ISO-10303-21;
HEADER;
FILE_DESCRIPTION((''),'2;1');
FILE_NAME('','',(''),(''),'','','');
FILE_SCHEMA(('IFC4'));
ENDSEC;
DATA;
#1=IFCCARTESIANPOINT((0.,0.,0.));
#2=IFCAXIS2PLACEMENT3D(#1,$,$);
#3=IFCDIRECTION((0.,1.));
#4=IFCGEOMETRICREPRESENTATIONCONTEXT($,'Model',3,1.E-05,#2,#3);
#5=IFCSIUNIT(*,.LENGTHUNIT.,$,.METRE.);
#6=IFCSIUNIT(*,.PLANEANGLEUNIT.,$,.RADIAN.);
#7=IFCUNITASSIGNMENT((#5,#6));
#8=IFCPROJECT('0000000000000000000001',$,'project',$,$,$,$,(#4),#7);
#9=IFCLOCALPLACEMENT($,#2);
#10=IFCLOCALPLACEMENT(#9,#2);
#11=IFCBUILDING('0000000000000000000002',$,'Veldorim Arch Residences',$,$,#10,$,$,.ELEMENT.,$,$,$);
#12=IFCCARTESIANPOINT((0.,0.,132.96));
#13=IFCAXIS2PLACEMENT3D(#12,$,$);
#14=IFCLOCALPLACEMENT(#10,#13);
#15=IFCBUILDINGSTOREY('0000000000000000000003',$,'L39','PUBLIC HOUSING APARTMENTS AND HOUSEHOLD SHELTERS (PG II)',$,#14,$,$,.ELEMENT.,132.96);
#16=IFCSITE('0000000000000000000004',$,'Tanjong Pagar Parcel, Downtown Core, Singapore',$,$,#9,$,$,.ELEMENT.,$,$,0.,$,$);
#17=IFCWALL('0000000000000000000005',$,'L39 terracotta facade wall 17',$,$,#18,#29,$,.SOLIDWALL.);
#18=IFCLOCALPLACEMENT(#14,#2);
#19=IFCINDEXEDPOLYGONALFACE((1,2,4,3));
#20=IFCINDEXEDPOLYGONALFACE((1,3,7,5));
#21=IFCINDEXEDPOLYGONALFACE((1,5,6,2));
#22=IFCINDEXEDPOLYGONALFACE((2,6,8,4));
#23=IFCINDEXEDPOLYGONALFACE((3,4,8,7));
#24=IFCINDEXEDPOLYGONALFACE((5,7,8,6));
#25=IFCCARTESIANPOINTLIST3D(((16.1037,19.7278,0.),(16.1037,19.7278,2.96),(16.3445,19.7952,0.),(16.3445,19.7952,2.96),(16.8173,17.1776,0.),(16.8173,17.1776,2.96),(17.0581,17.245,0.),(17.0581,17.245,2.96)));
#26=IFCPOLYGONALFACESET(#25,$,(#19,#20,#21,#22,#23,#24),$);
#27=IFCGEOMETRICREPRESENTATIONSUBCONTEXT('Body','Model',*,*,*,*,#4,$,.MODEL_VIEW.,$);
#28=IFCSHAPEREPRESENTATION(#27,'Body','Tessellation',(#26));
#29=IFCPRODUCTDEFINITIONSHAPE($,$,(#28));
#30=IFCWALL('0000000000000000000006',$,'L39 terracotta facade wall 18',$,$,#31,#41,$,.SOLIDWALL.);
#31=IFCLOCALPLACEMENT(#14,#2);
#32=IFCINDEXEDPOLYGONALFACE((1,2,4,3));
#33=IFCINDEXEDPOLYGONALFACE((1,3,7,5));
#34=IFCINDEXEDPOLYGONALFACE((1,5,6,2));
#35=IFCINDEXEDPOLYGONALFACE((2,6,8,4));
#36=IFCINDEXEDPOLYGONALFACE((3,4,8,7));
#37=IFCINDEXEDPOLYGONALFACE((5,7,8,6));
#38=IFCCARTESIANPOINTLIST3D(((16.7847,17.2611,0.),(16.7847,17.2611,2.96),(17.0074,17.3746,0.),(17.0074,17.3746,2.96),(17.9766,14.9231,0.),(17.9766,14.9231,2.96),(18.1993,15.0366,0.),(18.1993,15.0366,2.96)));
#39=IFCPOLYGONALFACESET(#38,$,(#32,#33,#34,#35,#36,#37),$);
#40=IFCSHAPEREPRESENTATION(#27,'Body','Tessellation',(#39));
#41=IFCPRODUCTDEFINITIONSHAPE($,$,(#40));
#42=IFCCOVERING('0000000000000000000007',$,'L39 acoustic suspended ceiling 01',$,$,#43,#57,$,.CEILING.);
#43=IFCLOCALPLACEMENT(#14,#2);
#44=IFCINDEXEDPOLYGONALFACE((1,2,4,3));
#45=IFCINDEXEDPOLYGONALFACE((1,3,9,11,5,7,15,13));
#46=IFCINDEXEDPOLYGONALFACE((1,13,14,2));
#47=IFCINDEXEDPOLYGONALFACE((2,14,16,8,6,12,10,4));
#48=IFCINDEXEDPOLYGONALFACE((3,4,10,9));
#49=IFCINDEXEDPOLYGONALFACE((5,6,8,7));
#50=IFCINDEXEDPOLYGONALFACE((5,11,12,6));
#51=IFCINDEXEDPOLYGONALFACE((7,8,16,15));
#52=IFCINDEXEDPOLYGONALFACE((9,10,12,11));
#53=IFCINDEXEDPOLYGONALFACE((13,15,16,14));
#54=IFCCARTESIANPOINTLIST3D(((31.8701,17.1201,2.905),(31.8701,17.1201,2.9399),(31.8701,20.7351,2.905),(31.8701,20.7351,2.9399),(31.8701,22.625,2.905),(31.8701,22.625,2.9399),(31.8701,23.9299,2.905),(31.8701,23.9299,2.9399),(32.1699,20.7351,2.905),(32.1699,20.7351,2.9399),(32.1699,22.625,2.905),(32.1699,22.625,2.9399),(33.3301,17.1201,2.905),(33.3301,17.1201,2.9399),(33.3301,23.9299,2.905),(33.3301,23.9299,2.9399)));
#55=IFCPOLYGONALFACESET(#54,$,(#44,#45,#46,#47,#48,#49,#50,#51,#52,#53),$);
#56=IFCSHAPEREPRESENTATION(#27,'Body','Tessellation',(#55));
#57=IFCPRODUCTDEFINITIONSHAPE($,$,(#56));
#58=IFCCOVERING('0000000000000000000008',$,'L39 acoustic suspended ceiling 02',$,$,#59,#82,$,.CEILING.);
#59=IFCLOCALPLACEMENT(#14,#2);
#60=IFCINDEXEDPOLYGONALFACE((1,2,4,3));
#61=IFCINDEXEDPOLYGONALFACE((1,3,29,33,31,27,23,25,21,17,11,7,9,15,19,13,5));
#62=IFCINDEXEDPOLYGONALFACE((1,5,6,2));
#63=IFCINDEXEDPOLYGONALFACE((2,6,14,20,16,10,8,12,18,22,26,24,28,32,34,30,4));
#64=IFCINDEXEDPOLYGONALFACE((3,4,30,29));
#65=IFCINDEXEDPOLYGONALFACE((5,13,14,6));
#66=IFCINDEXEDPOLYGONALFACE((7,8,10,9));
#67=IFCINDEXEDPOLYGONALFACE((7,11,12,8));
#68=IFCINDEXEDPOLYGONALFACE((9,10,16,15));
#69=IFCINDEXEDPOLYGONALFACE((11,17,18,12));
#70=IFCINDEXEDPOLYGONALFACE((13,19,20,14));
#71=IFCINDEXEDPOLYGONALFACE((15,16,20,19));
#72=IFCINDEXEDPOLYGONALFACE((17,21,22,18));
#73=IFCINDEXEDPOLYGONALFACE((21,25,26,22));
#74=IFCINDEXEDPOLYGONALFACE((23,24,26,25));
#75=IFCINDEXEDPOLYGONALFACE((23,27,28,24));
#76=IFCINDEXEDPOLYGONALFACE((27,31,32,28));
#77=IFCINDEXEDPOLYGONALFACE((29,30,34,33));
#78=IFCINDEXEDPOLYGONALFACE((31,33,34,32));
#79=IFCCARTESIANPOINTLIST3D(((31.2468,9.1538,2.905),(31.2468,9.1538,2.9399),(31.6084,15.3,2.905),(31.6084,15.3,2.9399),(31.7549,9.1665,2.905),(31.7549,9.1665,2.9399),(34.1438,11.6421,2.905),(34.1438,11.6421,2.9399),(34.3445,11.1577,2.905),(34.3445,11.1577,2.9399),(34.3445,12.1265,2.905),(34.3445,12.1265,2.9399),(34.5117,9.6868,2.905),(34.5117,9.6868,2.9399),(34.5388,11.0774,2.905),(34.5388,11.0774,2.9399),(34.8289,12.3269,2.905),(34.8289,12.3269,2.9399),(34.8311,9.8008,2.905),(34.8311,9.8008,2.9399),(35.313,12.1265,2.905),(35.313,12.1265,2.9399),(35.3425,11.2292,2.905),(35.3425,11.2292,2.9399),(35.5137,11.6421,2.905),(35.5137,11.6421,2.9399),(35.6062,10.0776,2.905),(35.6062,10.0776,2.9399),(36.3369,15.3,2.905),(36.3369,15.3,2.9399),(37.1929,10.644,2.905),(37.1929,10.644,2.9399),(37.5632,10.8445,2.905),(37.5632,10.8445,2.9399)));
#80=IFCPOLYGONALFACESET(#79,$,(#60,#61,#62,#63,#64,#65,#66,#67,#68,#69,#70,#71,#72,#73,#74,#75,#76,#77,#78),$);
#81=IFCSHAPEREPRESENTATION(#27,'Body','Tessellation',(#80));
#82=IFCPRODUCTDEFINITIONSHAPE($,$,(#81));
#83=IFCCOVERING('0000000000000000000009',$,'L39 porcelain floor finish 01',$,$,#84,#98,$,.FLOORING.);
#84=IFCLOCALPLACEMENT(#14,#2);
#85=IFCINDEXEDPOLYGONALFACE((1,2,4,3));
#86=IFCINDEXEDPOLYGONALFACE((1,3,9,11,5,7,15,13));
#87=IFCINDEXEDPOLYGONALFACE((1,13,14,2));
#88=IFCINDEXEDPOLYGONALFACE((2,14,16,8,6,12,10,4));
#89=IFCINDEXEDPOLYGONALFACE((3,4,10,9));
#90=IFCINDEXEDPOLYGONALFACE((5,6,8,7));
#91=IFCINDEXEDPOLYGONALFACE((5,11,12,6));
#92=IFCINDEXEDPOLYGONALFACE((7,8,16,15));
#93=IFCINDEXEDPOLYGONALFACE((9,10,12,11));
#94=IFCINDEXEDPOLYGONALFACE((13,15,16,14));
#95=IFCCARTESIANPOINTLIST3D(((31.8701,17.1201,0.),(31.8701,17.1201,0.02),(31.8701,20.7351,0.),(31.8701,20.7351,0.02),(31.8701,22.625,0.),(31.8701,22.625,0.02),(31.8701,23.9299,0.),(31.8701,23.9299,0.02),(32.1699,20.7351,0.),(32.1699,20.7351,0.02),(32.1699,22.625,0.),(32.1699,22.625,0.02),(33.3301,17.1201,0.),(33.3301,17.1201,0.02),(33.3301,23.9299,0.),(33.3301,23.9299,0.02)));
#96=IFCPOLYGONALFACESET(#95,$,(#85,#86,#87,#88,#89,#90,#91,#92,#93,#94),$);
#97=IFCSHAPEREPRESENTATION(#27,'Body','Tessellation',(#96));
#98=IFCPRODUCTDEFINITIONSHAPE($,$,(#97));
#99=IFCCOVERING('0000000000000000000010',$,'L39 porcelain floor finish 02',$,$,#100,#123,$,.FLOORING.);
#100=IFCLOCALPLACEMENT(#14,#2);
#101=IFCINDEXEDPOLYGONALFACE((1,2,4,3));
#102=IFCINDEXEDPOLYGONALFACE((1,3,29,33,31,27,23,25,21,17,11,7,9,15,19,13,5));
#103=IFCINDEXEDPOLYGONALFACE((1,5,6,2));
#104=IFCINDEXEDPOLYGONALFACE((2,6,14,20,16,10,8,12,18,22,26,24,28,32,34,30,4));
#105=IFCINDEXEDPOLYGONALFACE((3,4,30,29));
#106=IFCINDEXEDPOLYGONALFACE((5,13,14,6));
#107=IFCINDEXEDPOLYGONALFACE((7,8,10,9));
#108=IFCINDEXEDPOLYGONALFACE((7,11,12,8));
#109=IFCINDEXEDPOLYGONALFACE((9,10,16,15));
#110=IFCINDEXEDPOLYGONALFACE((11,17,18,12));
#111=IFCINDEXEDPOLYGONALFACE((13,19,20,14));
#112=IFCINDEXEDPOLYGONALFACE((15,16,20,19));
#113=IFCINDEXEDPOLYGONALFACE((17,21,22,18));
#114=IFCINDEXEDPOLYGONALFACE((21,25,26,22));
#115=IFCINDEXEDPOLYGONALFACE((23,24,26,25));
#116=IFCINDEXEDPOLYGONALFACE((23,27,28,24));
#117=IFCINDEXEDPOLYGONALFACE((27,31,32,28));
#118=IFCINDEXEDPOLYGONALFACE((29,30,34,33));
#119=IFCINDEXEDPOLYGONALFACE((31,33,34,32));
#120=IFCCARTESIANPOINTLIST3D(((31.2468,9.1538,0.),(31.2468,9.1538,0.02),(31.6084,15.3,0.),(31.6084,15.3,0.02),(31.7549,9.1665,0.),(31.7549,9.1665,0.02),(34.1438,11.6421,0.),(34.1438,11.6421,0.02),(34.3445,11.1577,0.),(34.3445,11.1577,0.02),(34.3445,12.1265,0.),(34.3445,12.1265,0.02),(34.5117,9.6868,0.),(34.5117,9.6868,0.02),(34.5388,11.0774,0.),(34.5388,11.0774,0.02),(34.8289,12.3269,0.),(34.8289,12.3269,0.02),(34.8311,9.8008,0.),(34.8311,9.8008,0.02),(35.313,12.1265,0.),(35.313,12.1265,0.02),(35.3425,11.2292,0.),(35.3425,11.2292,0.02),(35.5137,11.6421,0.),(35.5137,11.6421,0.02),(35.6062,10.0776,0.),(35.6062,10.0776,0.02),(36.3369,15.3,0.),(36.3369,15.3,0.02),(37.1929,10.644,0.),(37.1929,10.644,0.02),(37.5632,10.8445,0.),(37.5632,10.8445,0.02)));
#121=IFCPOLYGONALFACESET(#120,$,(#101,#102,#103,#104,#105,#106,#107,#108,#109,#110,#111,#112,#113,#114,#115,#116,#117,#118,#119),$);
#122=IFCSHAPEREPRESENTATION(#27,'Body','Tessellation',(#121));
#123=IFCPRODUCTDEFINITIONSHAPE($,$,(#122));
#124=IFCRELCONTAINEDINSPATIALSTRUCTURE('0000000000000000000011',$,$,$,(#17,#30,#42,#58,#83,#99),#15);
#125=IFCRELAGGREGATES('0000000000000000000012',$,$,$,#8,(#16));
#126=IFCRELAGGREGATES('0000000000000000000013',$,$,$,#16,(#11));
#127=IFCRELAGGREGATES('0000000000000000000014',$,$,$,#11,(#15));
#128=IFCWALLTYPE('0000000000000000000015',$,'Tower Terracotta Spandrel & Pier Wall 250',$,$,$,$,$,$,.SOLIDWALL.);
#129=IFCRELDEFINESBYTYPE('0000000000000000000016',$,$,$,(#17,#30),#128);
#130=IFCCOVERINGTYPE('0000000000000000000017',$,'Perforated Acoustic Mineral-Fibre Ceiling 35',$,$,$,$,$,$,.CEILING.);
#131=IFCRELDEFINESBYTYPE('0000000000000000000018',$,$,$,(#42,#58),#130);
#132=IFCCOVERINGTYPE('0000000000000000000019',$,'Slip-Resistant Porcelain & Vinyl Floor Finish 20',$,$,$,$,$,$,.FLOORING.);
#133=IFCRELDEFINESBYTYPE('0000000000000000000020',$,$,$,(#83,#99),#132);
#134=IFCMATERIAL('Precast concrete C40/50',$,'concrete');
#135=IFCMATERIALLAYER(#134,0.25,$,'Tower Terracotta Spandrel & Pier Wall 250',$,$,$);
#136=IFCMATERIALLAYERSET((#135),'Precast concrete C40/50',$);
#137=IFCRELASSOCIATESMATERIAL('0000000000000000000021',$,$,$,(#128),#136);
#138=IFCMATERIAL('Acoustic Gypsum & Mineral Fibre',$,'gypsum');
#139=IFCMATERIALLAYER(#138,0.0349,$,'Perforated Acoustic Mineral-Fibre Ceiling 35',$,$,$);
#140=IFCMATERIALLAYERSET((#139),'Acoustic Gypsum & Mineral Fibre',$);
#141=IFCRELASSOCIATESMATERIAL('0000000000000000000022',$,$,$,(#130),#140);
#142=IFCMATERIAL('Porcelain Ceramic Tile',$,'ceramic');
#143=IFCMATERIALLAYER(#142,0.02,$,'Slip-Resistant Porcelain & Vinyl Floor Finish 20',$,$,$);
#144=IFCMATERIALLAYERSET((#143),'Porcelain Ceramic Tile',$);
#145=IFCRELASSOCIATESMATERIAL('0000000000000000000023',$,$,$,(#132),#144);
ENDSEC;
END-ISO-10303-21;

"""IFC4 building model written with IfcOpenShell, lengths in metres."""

from ifc_helpers import new_model, si_unit, direction, frame, frame_2d, origin, place, context, subcontext, project, spatial, polyline, rectangle, outline, extrude, material, layer, layer_set, type_object, element, save


model = new_model("IFC4")

# Units and contexts
model_context = context("Model", 3, precision=1e-05, world=origin(), true_north=direction((0.0, 1.0)))
body_context = subcontext(model_context, "Body", "Model", "MODEL_VIEW")
ifc_project = project(units=[si_unit("LENGTHUNIT", "METRE"), si_unit("PLANEANGLEUNIT", "RADIAN")], contexts=[model_context])

# Site, building, storey
site_placement = place(None, origin())
site = spatial("IfcSite", under=ifc_project, at=site_placement, Name="Tanjong Pagar Parcel, Downtown Core, Singapore", CompositionType="ELEMENT", RefElevation=0.0)
building_placement = place(site_placement, origin())
building = spatial("IfcBuilding", under=site, at=building_placement, Name="Veldorim Arch Residences", CompositionType="ELEMENT")
storey_placement = place(building_placement, frame((0.0, 0.0, 132.96)))
storey = spatial("IfcBuildingStorey", under=building, at=storey_placement, Name="L39", Description="PUBLIC HOUSING APARTMENTS AND HOUSEHOLD SHELTERS (PG II)", CompositionType="ELEMENT", Elevation=132.96)

# Walls
ifc_material_1 = material(Name="Precast concrete C40/50", Category="concrete")
ifc_layer_1 = layer(ifc_material_1, 0.25, Name="Tower Terracotta Spandrel & Pier Wall 250")
ifc_layer_set_1 = layer_set([ifc_layer_1], Name="Precast concrete C40/50")
wall_type_1 = type_object("IfcWallType", Name="Tower Terracotta Spandrel & Pier Wall 250", PredefinedType="SOLIDWALL", material=ifc_layer_set_1)
wall_1_placement = place(storey_placement, frame((16.9377, 17.2112, 0.0), z_axis=(0.0, 0.0, 1.0), x_axis=(-0.269469, 0.963009, 0.0)))
element("IfcWall", 1, at=wall_1_placement, inside=storey, type_object=wall_type_1, Name="L39 terracotta facade wall 17", PredefinedType="SOLIDWALL", context=body_context, shape_type="SweptSolid", body=[
    extrude(rectangle(XDim=2.6482, YDim=0.25, at=frame_2d((1.3242, 0.0))), origin(), (0.0, 0.0, 1.0), 2.96),
])
wall_2_placement = place(storey_placement, frame((18.0879, 14.98, 0.0), z_axis=(0.0, 0.0, 1.0), x_axis=(-0.454196, 0.890902, 0.0)))
element("IfcWall", 2, at=wall_2_placement, inside=storey, type_object=wall_type_1, Name="L39 terracotta facade wall 18", PredefinedType="SOLIDWALL", context=body_context, shape_type="SweptSolid", body=[
    extrude(rectangle(XDim=2.6243, YDim=0.25, at=frame_2d((1.312, 0.0))), origin(), (0.0, 0.0, 1.0), 2.96),
])

# Coverings
ifc_material_2 = material(Name="Acoustic Gypsum & Mineral Fibre", Category="gypsum")
ifc_layer_2 = layer(ifc_material_2, 0.0349, Name="Perforated Acoustic Mineral-Fibre Ceiling 35")
ifc_layer_set_2 = layer_set([ifc_layer_2], Name="Acoustic Gypsum & Mineral Fibre")
covering_type_1 = type_object("IfcCoveringType", Name="Perforated Acoustic Mineral-Fibre Ceiling 35", PredefinedType="CEILING", material=ifc_layer_set_2)
covering_1_placement = place(storey_placement, frame((0.0, 0.0, 2.905)))
element("IfcCovering", 3, at=covering_1_placement, inside=storey, type_object=covering_type_1, Name="L39 acoustic suspended ceiling 01", PredefinedType="CEILING", context=body_context, shape_type="SweptSolid", body=[
    extrude(outline(polyline([(33.3301, 23.9299), (33.3301, 17.1201), (31.8701, 17.1201), (31.8701, 20.7351), (32.1699, 20.7351), (32.1699, 22.625), (31.8701, 22.625), (31.8701, 23.9299), (33.3301, 23.9299)])), origin(), (0.0, 0.0, 1.0), 0.0349),
])
covering_2_placement = place(storey_placement, frame((0.0, 0.0, 2.905)))
element("IfcCovering", 4, at=covering_2_placement, inside=storey, type_object=covering_type_1, Name="L39 acoustic suspended ceiling 02", PredefinedType="CEILING", context=body_context, shape_type="SweptSolid", body=[
    extrude(outline(polyline([(35.5137, 11.6421), (35.313, 12.1265), (34.8289, 12.3269), (34.3445, 12.1265), (34.1438, 11.6421), (34.3445, 11.1577), (34.5388, 11.0774), (34.8311, 9.8008), (34.5117, 9.6868), (31.7549, 9.1665), (31.2468, 9.1538), (31.6084, 15.3), (36.3369, 15.3), (37.5632, 10.8445), (37.1929, 10.644), (35.6062, 10.0776), (35.3425, 11.2292), (35.5137, 11.6421)])), origin(), (0.0, 0.0, 1.0), 0.0349),
])
ifc_material_3 = material(Name="Porcelain Ceramic Tile", Category="ceramic")
ifc_layer_3 = layer(ifc_material_3, 0.02, Name="Slip-Resistant Porcelain & Vinyl Floor Finish 20")
ifc_layer_set_3 = layer_set([ifc_layer_3], Name="Porcelain Ceramic Tile")
covering_type_2 = type_object("IfcCoveringType", Name="Slip-Resistant Porcelain & Vinyl Floor Finish 20", PredefinedType="FLOORING", material=ifc_layer_set_3)
covering_3_placement = place(storey_placement, origin())
element("IfcCovering", 5, at=covering_3_placement, inside=storey, type_object=covering_type_2, Name="L39 porcelain floor finish 01", PredefinedType="FLOORING", context=body_context, shape_type="SweptSolid", body=[
    extrude(outline(polyline([(33.3301, 23.9299), (33.3301, 17.1201), (31.8701, 17.1201), (31.8701, 20.7351), (32.1699, 20.7351), (32.1699, 22.625), (31.8701, 22.625), (31.8701, 23.9299), (33.3301, 23.9299)])), origin(), (0.0, 0.0, 1.0), 0.02),
])
covering_4_placement = place(storey_placement, origin())
element("IfcCovering", 6, at=covering_4_placement, inside=storey, type_object=covering_type_2, Name="L39 porcelain floor finish 02", PredefinedType="FLOORING", context=body_context, shape_type="SweptSolid", body=[
    extrude(outline(polyline([(35.5137, 11.6421), (35.313, 12.1265), (34.8289, 12.3269), (34.3445, 12.1265), (34.1438, 11.6421), (34.3445, 11.1577), (34.5388, 11.0774), (34.8311, 9.8008), (34.5117, 9.6868), (31.7549, 9.1665), (31.2468, 9.1538), (31.6084, 15.3), (36.3369, 15.3), (37.5632, 10.8445), (37.1929, 10.644), (35.6062, 10.0776), (35.3425, 11.2292), (35.5137, 11.6421)])), origin(), (0.0, 0.0, 1.0), 0.02),
])

save(model, "model.ifc")
